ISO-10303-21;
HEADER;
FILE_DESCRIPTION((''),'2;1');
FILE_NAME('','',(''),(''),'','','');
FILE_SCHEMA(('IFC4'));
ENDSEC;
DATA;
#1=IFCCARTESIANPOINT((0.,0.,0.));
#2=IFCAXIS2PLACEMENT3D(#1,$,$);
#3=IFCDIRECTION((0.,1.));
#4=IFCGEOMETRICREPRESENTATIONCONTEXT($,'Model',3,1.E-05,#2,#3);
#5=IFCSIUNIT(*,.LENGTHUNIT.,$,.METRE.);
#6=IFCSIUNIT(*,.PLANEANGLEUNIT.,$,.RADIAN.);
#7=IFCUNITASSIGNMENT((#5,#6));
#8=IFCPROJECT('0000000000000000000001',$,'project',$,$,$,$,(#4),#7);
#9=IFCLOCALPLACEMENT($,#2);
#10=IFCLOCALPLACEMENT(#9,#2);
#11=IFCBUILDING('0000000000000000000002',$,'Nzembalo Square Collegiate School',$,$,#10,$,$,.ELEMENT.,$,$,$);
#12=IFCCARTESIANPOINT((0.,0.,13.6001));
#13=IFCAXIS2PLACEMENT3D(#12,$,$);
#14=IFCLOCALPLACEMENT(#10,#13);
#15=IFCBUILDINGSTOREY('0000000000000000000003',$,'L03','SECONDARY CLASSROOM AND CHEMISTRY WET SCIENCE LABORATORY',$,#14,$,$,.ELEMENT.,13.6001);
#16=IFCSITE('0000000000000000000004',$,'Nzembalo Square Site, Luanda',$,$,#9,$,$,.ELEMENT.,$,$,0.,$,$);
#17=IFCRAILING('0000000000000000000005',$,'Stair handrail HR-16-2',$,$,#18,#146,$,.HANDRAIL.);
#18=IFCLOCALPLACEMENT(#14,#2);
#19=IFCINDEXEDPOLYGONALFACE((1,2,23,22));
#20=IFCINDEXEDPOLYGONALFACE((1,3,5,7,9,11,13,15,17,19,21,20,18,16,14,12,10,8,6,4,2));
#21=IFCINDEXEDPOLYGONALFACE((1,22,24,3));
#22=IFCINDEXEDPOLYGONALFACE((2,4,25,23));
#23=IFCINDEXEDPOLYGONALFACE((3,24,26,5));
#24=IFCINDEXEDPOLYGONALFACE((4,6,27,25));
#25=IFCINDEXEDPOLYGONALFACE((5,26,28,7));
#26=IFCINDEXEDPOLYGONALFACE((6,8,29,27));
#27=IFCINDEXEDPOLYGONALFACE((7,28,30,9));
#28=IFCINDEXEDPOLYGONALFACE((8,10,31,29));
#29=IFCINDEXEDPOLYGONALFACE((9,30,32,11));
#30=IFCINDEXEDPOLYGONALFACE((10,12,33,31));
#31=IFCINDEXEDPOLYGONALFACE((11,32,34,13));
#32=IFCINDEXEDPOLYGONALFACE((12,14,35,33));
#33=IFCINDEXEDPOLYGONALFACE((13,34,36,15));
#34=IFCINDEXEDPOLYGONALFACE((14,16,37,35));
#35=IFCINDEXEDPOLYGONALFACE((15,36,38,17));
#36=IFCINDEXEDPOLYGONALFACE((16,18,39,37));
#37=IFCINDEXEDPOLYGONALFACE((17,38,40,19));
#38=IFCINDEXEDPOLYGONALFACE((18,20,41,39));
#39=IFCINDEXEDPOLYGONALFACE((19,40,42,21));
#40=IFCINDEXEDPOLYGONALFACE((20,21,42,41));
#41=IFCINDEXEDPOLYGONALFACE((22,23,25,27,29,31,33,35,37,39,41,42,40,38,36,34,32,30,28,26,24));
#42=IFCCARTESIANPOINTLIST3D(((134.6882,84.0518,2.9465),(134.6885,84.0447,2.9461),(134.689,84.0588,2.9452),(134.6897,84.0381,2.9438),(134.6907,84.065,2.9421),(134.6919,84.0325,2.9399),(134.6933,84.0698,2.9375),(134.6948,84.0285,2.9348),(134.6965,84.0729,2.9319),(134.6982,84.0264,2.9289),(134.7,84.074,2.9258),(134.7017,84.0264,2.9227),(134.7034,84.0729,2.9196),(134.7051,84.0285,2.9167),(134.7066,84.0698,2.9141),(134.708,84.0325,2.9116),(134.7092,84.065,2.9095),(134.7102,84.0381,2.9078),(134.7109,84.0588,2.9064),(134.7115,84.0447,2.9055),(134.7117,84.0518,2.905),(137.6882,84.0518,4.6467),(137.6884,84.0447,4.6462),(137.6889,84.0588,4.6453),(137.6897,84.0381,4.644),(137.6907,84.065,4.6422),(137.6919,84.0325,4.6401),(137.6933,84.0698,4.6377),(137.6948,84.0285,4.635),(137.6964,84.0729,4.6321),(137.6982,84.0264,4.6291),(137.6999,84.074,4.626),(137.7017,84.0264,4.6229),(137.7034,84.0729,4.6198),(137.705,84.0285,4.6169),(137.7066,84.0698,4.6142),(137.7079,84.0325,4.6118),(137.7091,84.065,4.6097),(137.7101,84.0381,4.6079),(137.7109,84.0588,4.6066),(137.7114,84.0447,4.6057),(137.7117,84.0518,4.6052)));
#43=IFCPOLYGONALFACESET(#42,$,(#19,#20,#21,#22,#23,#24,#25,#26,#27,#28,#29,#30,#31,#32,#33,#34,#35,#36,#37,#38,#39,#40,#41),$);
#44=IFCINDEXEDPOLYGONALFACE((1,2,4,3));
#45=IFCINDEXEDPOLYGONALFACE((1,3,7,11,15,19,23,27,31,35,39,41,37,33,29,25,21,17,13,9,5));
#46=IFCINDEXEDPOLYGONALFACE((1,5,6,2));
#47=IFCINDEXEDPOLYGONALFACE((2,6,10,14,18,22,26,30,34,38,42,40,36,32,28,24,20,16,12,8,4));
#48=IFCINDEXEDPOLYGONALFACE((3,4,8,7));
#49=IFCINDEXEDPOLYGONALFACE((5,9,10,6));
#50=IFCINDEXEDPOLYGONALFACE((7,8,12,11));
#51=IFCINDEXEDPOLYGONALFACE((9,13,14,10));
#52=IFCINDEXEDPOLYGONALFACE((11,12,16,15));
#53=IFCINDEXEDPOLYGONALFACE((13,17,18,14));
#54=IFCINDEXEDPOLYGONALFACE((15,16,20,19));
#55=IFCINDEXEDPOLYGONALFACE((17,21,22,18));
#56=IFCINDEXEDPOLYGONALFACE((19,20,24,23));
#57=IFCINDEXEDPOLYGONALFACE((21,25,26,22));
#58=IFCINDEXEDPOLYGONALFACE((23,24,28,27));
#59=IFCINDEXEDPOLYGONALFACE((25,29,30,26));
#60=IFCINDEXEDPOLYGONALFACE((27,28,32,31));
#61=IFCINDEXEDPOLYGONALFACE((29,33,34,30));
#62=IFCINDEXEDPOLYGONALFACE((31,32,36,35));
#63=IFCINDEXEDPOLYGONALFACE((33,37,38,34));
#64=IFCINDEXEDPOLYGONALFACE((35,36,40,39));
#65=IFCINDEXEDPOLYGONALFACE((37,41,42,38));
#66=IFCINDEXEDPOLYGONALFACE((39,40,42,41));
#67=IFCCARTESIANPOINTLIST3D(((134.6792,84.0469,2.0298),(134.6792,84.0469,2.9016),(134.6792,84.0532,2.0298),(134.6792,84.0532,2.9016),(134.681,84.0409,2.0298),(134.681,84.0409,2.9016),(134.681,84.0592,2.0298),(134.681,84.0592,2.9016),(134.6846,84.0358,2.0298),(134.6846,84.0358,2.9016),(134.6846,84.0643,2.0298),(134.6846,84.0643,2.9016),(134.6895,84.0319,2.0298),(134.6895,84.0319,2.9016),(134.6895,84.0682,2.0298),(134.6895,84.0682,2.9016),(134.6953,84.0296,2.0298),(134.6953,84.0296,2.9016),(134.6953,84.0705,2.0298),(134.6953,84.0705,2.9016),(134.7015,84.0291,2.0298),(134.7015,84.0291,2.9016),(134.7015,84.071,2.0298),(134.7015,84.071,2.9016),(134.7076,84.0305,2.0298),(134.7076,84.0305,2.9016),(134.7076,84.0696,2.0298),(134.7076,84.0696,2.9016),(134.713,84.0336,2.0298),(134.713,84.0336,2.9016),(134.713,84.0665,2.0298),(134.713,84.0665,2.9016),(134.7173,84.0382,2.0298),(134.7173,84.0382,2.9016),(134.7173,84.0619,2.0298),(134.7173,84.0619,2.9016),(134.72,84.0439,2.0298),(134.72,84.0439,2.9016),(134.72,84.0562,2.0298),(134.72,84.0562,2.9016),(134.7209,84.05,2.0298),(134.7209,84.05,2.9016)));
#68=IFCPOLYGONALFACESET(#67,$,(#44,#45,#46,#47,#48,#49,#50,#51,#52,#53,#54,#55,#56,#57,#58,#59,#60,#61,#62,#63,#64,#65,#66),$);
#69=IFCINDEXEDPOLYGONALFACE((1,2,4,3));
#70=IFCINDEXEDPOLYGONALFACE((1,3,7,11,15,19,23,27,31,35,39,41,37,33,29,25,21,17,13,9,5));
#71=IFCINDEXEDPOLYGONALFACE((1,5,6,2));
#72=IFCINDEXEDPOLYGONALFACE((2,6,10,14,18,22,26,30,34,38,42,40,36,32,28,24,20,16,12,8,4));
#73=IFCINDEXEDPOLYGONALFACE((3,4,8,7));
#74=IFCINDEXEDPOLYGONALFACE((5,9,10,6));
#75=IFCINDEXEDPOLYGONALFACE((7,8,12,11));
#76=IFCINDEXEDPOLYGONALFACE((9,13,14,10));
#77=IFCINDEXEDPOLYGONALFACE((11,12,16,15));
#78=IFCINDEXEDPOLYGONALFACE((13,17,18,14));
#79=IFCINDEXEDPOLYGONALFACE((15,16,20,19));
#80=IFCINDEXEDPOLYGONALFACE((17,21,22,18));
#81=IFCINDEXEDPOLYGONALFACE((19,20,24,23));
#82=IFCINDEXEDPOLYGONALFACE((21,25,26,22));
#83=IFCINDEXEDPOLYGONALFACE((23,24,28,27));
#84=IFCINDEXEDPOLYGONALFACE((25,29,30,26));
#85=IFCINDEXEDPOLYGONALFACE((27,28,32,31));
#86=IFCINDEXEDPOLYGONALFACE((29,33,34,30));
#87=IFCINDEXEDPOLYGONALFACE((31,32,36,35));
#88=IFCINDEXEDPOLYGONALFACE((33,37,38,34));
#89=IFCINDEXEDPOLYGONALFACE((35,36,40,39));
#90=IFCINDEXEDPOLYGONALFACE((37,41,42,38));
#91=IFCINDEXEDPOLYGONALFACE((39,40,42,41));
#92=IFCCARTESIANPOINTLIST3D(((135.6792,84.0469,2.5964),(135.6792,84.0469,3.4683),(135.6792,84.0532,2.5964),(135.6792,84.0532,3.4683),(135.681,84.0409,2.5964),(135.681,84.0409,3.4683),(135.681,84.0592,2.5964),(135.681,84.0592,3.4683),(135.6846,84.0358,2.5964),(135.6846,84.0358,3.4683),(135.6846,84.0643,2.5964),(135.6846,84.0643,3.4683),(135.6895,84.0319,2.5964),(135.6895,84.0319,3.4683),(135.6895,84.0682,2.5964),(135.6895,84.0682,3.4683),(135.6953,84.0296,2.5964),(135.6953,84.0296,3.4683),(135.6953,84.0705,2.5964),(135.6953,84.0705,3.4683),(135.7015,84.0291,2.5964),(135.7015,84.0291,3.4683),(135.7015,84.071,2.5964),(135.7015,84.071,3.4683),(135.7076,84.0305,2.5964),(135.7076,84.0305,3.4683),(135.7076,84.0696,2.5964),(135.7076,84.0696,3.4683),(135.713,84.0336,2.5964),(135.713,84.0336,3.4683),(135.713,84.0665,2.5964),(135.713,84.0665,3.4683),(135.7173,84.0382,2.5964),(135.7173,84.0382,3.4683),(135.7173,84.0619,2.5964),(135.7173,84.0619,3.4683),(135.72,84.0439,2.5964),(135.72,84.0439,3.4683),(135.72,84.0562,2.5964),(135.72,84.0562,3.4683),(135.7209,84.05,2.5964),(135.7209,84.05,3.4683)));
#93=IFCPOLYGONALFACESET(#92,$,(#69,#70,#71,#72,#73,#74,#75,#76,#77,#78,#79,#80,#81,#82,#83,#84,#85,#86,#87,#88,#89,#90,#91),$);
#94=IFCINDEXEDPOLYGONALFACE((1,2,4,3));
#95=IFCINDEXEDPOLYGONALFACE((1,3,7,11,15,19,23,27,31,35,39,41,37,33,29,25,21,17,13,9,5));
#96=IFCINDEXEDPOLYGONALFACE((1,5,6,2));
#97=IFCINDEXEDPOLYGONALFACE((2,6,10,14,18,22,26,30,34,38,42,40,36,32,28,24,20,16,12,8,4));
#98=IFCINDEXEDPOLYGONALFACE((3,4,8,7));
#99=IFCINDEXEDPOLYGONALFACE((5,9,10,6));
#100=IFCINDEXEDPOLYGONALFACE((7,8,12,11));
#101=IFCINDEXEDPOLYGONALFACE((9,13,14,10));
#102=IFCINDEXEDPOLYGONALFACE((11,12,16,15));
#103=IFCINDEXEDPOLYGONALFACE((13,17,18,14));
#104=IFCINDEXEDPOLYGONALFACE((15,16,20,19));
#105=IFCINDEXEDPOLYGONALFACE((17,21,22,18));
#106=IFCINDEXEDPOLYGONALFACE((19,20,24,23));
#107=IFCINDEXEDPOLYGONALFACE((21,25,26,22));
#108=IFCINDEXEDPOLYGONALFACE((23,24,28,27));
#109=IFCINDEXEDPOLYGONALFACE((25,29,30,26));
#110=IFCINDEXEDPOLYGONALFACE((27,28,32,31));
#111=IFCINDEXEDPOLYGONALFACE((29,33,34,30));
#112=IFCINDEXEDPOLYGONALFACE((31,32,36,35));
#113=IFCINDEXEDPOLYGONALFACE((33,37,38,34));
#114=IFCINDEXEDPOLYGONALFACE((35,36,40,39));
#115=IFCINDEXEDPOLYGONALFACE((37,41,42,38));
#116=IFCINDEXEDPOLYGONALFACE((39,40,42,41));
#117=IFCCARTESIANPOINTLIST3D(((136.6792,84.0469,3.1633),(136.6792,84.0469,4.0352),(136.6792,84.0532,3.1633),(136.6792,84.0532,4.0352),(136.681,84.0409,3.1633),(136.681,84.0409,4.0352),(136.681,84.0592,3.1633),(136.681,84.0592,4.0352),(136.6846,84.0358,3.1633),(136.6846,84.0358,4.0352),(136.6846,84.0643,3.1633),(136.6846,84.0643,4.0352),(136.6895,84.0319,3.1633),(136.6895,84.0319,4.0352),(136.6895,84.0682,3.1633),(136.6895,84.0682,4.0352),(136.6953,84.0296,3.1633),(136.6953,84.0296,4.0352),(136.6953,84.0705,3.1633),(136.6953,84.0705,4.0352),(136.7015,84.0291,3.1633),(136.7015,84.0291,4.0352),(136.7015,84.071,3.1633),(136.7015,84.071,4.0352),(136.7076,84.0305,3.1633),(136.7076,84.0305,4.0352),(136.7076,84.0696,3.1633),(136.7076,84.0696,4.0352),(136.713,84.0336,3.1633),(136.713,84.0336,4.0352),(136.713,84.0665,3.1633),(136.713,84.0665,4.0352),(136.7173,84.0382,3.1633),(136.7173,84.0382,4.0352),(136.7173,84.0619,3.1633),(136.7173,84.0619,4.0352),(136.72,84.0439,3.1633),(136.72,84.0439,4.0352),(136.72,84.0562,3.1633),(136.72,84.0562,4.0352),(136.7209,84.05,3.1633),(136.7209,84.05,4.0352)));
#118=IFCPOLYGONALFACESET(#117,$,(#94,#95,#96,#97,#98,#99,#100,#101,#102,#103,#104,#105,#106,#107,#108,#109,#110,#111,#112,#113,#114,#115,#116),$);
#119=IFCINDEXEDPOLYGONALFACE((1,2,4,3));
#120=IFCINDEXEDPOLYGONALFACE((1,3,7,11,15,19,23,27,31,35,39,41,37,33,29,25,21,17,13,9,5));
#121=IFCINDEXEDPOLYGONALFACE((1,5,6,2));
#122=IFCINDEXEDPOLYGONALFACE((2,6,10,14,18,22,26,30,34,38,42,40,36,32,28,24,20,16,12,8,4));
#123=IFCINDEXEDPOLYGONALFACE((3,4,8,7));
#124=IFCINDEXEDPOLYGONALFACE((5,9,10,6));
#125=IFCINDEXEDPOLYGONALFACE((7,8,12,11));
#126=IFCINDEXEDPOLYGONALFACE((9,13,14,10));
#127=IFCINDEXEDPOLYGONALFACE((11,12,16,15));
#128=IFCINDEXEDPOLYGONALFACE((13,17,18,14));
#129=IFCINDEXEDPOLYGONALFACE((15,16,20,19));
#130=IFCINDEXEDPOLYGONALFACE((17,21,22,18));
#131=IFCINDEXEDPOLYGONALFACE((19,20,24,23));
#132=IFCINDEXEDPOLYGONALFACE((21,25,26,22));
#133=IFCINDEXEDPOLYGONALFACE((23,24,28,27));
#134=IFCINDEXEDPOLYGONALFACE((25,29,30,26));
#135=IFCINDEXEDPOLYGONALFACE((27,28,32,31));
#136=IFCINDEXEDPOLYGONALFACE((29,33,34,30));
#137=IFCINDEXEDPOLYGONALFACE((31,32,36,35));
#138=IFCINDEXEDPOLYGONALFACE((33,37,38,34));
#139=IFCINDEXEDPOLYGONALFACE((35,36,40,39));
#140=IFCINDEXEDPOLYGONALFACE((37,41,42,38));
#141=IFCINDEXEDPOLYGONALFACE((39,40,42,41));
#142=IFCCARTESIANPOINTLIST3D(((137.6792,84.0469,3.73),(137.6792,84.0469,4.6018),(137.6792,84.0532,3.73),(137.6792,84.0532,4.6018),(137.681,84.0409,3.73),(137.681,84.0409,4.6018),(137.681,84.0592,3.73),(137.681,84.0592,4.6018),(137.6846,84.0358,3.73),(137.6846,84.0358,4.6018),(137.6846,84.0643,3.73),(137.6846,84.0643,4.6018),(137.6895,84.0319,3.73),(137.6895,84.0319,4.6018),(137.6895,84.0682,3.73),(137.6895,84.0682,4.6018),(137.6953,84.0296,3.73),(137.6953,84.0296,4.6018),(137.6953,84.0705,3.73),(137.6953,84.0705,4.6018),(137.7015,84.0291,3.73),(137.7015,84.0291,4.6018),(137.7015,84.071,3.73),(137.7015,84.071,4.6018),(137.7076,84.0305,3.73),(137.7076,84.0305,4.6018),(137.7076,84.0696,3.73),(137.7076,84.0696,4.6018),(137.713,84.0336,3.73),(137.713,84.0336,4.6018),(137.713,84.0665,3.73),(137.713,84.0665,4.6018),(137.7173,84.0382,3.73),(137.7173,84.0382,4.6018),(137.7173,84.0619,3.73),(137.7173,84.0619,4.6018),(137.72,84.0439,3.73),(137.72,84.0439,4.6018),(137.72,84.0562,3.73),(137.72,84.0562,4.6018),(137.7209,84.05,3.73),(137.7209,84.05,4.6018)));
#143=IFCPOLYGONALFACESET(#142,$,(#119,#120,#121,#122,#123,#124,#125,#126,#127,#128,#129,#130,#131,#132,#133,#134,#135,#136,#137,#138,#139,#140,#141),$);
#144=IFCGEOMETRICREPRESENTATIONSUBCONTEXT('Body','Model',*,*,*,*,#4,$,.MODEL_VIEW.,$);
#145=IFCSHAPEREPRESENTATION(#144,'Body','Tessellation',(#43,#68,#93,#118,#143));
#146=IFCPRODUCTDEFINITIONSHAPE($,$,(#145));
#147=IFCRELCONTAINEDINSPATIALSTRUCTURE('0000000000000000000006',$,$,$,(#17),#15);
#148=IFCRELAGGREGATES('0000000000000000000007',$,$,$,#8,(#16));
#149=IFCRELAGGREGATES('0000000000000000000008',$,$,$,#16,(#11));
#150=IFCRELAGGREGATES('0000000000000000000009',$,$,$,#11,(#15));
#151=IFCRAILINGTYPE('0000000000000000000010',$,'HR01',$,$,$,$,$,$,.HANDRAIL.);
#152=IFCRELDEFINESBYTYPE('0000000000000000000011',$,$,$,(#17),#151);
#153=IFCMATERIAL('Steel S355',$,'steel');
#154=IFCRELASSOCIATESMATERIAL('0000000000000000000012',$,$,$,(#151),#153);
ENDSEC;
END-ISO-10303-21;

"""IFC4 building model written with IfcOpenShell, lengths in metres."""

from ifc_helpers import new_model, si_unit, direction, frame, origin, origin_2d, place, context, subcontext, project, spatial, circle, extrude, material, type_object, element, save


model = new_model("IFC4")

# Units and contexts
model_context = context("Model", 3, precision=1e-05, world=origin(), true_north=direction((0.0, 1.0)))
body_context = subcontext(model_context, "Body", "Model", "MODEL_VIEW")
ifc_project = project(units=[si_unit("LENGTHUNIT", "METRE"), si_unit("PLANEANGLEUNIT", "RADIAN")], contexts=[model_context])

# Site, building, storey
site_placement = place(None, origin())
site = spatial("IfcSite", under=ifc_project, at=site_placement, Name="Nzembalo Square Site, Luanda", CompositionType="ELEMENT", RefElevation=0.0)
building_placement = place(site_placement, origin())
building = spatial("IfcBuilding", under=site, at=building_placement, Name="Nzembalo Square Collegiate School", CompositionType="ELEMENT")
storey_placement = place(building_placement, frame((0.0, 0.0, 13.6001)))
storey = spatial("IfcBuildingStorey", under=building, at=storey_placement, Name="L03", Description="SECONDARY CLASSROOM AND CHEMISTRY WET SCIENCE LABORATORY", CompositionType="ELEMENT", Elevation=13.6001)

# Railing
ifc_material_1 = material(Name="Steel S355", Category="steel")
railing_type_1 = type_object("IfcRailingType", Name="HR01", PredefinedType="HANDRAIL", material=ifc_material_1)
railing_1_placement = place(storey_placement, frame((134.7, 84.05, 2.0298)))
element("IfcRailing", 1, at=railing_1_placement, inside=storey, type_object=railing_type_1, Name="Stair handrail HR-16-2", PredefinedType="HANDRAIL", context=body_context, shape_type="SweptSolid", body=[
    extrude(circle(Radius=0.0239, at=origin_2d()), frame((0.0, 0.0, 0.896), z_axis=(0.869998, 0.0, 0.493055), x_axis=(0.0, 1.0, 0.0)), (0.0, 0.0, 1.0), 3.4482),
    extrude(circle(Radius=0.021, at=origin_2d()), origin(), (0.0, 0.0, 1.0), 0.8718),
    extrude(circle(Radius=0.021, at=origin_2d()), frame((1.0, 0.0, 0.5667)), (0.0, 0.0, 1.0), 0.8718),
    extrude(circle(Radius=0.021, at=origin_2d()), frame((2.0, 0.0, 1.1335)), (0.0, 0.0, 1.0), 0.8718),
    extrude(circle(Radius=0.021, at=origin_2d()), frame((3.0, 0.0, 1.7002)), (0.0, 0.0, 1.0), 0.8718),
])

save(model, "model.ifc")
